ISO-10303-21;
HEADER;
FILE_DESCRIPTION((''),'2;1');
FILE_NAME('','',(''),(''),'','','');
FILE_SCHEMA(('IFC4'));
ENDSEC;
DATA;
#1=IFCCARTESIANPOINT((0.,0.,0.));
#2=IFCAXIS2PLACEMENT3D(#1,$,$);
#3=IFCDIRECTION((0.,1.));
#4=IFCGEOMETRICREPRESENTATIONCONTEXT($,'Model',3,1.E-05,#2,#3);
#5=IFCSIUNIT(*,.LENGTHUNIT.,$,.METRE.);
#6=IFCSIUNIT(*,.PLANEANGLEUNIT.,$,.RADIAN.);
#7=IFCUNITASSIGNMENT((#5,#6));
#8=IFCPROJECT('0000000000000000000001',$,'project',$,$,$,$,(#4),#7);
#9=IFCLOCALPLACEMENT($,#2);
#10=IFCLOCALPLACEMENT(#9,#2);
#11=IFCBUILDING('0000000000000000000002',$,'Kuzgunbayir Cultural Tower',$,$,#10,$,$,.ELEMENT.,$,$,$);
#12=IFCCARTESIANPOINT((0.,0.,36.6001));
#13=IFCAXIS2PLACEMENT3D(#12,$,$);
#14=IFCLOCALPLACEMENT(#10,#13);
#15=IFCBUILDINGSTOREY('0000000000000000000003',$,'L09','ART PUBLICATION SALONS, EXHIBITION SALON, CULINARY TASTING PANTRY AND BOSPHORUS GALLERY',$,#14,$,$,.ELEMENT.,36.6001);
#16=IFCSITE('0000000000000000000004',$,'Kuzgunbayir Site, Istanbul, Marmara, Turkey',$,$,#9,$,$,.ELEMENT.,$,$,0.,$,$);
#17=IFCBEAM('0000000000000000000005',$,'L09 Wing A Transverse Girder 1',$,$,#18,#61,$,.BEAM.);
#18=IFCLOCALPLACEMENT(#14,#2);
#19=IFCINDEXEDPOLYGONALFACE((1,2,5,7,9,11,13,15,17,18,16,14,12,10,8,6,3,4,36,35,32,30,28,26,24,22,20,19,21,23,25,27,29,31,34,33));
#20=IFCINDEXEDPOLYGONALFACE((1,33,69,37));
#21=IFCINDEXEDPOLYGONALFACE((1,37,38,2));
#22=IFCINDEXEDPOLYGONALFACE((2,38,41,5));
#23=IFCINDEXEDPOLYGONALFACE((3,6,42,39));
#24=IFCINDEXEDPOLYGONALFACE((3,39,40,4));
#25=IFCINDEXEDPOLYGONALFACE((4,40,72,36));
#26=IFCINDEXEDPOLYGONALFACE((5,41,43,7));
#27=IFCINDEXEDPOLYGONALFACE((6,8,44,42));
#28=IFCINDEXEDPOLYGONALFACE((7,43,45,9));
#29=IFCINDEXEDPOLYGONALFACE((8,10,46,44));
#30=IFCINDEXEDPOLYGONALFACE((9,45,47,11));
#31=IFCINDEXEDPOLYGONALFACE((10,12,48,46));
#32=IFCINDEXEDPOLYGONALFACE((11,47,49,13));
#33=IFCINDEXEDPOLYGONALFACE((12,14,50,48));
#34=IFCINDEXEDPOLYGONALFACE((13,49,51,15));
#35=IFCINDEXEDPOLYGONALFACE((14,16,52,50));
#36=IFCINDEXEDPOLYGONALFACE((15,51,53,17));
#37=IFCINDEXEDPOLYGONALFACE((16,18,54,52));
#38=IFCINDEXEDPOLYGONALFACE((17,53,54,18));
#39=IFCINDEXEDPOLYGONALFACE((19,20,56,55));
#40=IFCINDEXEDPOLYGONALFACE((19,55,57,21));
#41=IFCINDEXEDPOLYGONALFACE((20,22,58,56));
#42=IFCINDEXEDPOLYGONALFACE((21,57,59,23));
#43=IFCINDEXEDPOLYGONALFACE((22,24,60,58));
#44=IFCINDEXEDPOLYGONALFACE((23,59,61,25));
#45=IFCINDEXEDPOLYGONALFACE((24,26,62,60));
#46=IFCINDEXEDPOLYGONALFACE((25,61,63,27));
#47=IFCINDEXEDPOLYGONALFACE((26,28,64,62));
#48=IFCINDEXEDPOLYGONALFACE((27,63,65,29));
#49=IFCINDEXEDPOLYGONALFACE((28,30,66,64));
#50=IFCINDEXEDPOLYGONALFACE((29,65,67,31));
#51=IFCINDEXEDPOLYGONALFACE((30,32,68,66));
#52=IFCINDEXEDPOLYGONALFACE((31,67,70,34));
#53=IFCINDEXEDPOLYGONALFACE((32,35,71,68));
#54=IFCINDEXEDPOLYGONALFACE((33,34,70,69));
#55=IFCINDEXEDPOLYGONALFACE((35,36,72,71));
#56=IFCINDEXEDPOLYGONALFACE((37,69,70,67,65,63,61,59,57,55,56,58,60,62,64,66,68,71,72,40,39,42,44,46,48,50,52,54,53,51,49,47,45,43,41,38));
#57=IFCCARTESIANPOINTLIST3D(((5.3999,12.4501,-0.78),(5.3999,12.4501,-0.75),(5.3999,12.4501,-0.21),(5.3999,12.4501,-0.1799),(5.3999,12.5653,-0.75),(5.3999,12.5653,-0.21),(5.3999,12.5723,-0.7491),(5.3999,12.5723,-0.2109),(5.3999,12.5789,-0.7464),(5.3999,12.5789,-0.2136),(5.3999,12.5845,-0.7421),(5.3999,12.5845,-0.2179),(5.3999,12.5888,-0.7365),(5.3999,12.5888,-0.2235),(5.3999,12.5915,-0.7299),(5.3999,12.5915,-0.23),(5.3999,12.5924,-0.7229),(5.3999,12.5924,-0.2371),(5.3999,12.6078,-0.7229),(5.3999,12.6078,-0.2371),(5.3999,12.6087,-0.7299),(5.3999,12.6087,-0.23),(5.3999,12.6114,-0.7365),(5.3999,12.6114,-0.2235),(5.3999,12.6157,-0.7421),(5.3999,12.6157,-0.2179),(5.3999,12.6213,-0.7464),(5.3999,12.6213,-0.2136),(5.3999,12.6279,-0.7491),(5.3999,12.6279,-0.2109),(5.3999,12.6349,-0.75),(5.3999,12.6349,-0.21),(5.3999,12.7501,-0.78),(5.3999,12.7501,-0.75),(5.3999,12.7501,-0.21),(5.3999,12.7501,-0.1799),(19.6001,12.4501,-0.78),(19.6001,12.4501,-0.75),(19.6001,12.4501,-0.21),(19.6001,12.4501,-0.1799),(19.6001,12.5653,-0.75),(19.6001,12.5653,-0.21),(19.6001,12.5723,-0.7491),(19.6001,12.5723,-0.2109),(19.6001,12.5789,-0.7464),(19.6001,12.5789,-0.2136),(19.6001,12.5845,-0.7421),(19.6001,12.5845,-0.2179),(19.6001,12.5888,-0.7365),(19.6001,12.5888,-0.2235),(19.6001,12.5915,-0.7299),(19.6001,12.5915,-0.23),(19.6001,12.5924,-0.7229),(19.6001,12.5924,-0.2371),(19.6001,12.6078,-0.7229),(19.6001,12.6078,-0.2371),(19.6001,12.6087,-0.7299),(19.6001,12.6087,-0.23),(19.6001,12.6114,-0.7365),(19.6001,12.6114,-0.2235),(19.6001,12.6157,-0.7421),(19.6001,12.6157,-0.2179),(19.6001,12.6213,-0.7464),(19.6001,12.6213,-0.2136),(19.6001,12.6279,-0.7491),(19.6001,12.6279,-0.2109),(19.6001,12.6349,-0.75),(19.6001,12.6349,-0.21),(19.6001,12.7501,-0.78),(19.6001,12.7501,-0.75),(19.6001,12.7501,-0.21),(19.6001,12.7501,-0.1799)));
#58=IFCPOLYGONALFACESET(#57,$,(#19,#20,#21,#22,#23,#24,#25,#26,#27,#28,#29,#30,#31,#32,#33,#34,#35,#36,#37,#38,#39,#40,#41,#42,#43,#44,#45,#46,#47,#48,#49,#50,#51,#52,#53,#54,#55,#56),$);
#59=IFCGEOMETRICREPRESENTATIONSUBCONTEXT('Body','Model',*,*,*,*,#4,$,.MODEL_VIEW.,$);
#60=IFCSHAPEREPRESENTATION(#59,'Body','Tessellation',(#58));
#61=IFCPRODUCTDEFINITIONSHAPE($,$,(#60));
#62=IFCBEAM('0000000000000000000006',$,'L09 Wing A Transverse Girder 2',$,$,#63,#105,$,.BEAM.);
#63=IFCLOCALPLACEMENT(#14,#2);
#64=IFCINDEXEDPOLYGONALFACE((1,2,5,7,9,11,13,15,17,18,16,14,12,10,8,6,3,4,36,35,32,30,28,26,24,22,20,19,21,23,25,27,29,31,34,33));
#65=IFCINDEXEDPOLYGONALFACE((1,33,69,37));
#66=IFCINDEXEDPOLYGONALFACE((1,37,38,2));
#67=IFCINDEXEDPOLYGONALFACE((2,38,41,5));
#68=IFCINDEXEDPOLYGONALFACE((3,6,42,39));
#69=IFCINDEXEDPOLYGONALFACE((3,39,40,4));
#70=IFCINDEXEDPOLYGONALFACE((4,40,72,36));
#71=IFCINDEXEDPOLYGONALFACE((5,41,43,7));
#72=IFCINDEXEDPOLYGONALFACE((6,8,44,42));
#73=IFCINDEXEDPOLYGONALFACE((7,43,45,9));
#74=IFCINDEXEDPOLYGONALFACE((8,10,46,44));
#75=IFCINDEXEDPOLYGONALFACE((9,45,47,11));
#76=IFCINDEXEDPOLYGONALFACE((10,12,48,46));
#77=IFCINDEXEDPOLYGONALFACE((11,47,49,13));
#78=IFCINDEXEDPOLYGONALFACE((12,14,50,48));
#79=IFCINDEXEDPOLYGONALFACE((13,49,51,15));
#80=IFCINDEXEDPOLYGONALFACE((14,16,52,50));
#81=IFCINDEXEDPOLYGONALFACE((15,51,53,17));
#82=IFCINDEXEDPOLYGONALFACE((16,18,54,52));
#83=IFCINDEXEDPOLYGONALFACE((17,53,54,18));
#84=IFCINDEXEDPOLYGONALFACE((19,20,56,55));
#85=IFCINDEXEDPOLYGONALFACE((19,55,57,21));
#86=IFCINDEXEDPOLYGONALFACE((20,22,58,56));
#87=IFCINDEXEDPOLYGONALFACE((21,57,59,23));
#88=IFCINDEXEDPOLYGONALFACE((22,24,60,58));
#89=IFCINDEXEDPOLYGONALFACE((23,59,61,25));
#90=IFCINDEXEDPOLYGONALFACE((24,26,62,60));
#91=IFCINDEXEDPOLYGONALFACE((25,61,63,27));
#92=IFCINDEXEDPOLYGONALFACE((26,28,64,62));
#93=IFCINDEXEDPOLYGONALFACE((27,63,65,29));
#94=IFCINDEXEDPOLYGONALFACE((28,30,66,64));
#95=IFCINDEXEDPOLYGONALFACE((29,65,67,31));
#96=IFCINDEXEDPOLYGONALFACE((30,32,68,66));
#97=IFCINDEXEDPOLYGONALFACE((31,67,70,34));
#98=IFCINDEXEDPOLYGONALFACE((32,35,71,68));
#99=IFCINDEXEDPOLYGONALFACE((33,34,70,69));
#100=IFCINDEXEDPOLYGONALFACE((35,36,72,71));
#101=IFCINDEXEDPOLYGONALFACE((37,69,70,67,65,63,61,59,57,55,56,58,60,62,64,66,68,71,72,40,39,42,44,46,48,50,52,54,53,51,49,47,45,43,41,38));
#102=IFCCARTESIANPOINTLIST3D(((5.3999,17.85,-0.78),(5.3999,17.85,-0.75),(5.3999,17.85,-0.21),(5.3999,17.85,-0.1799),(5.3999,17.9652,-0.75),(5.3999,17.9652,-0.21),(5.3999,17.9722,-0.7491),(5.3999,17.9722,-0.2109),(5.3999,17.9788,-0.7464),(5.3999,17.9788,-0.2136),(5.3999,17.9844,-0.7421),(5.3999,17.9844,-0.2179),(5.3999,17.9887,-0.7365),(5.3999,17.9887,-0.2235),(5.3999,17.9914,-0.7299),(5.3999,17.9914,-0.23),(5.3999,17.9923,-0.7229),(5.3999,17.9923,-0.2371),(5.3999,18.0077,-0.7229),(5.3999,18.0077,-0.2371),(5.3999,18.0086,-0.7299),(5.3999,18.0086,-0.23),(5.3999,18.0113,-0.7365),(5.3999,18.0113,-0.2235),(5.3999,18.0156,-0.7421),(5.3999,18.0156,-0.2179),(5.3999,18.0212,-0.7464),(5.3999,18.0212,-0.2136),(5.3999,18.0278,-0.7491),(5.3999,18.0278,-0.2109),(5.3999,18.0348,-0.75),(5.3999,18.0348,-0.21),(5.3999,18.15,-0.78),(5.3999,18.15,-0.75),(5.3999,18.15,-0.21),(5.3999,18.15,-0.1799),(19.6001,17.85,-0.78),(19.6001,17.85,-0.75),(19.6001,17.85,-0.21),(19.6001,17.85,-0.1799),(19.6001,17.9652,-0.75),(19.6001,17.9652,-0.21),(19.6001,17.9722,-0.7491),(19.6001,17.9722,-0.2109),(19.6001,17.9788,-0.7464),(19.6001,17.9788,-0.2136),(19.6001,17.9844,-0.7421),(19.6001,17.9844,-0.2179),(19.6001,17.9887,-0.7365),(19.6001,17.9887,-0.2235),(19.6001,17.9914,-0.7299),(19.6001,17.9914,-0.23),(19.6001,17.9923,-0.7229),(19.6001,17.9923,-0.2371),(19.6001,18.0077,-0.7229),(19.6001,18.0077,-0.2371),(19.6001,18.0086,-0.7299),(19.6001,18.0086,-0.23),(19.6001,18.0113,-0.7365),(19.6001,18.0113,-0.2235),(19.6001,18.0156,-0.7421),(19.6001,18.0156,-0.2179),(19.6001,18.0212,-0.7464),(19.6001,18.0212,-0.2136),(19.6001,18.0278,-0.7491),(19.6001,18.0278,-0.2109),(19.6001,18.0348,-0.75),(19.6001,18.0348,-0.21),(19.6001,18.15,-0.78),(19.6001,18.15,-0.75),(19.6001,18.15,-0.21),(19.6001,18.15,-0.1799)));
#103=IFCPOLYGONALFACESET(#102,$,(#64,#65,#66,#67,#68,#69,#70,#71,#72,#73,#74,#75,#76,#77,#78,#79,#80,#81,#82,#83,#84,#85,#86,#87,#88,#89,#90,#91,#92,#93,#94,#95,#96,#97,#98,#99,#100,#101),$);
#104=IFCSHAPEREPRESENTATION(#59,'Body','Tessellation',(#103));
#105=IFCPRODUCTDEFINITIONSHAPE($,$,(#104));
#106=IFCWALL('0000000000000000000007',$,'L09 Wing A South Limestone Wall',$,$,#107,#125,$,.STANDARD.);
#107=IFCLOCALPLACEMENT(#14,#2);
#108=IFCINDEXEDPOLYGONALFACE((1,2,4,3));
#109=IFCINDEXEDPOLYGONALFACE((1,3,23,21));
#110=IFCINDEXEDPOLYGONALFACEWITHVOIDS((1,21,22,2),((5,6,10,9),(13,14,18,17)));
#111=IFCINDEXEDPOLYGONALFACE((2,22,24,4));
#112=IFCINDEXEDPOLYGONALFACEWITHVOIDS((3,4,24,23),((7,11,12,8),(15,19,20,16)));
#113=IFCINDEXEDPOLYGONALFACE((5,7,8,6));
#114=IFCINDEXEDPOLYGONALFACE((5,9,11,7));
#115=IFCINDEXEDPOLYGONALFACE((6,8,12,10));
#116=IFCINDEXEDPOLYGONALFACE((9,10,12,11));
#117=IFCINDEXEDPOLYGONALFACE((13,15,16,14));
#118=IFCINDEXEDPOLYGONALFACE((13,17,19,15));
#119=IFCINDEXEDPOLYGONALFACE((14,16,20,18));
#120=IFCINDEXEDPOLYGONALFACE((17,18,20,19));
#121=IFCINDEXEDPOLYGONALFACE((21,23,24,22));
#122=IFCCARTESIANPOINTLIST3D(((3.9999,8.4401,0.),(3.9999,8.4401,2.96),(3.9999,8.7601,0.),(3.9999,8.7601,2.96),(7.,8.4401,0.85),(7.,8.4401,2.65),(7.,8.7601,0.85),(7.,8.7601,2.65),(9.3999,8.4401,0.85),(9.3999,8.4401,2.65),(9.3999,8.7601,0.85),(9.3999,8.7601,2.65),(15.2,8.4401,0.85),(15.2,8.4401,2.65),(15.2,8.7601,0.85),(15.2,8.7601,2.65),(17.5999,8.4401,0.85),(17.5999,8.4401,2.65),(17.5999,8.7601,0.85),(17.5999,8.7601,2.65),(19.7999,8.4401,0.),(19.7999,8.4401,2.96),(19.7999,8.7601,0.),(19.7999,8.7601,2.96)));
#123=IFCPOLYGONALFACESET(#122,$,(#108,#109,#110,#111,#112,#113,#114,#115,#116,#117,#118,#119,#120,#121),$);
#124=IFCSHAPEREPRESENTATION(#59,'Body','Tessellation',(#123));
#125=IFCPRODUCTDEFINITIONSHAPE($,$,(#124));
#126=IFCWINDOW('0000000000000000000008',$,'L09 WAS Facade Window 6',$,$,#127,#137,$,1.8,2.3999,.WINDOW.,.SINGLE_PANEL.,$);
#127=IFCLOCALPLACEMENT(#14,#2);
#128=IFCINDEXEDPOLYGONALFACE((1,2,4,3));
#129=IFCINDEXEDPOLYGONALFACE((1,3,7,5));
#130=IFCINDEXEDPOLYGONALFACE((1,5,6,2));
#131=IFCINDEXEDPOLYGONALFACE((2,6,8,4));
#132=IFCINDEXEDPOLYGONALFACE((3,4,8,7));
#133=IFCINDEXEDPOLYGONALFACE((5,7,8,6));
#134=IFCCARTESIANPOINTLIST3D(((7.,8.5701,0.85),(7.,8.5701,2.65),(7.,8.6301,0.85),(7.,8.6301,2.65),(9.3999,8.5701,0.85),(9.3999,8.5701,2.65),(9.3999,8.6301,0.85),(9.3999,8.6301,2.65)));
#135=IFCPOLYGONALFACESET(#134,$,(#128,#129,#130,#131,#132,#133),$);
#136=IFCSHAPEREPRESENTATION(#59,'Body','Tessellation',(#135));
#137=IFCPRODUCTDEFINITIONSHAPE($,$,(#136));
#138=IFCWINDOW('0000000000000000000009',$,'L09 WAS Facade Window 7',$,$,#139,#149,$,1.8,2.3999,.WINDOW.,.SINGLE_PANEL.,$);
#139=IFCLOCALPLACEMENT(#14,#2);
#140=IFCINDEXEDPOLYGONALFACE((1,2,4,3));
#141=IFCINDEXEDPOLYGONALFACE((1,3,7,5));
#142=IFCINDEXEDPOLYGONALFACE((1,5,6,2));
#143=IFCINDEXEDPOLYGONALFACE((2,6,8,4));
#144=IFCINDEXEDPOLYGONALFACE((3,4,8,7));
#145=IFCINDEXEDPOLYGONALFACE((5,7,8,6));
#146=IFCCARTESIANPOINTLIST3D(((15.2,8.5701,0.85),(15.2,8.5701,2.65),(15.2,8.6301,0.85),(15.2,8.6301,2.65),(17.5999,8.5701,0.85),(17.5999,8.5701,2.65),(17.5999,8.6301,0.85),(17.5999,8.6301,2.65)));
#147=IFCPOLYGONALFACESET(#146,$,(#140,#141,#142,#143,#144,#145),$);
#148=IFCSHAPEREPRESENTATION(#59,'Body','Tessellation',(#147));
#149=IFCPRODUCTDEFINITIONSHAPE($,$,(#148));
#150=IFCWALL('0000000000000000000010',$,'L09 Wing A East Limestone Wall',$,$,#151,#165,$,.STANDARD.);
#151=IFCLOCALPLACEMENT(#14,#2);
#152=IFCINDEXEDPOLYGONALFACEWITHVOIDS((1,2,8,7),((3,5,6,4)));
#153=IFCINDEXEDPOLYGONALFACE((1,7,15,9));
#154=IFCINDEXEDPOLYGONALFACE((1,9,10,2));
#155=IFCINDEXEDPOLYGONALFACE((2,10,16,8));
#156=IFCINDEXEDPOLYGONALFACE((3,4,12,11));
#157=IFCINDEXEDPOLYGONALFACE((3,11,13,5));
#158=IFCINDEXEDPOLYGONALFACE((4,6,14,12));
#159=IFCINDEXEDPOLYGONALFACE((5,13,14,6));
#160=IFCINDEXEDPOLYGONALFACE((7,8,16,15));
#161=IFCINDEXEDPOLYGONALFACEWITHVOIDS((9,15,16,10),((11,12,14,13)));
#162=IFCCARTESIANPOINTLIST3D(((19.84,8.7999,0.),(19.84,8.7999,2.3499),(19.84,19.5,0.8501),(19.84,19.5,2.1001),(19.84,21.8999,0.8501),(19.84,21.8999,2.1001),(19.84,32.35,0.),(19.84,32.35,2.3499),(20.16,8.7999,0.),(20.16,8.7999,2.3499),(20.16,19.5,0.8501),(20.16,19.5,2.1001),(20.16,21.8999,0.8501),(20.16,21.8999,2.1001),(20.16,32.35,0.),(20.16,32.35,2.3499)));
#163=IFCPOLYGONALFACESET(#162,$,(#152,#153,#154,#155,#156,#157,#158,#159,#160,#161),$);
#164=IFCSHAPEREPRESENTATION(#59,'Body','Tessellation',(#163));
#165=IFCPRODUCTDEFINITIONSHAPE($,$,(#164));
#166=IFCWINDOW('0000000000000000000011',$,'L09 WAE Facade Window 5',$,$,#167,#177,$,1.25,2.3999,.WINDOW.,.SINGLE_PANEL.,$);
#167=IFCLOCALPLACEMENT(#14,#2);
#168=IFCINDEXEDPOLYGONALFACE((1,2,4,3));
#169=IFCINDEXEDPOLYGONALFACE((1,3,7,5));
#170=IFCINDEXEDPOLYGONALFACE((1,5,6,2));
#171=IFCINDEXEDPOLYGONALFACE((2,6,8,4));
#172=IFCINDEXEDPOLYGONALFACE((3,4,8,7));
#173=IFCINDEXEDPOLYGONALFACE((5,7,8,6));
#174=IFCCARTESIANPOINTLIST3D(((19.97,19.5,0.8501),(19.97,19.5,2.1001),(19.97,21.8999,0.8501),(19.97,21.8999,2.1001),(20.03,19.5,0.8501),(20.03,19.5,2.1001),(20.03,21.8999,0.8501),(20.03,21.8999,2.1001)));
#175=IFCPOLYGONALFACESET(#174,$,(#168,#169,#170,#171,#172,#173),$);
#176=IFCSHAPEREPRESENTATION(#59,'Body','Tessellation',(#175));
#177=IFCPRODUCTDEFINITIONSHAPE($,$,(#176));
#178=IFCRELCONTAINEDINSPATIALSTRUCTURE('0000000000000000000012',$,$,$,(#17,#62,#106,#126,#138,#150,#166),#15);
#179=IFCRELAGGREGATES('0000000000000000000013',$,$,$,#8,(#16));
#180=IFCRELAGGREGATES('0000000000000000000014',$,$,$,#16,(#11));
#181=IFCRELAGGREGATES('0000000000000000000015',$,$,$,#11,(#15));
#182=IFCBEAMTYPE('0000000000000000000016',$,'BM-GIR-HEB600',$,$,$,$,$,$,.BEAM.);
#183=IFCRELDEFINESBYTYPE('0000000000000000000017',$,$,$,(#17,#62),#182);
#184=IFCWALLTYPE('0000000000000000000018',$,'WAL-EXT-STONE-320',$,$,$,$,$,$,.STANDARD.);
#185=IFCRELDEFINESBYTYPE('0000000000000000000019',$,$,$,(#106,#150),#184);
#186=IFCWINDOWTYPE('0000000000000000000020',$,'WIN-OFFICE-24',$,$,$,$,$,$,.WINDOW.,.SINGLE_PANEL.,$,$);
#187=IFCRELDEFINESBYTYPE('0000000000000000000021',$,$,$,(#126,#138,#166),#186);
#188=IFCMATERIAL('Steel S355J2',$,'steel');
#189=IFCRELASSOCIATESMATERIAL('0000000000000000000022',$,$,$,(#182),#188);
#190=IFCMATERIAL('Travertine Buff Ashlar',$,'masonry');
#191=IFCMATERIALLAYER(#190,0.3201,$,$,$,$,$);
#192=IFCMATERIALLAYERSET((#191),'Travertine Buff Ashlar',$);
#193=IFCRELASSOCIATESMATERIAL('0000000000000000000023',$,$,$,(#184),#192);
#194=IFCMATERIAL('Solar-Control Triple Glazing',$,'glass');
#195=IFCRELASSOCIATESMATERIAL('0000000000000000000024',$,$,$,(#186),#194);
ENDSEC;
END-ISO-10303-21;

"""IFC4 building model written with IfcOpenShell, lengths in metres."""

from ifc_helpers import new_model, si_unit, direction, frame, frame_2d, origin, origin_2d, place, context, subcontext, project, spatial, rectangle, i_section, extrude, material, layer, layer_set, material_profile, profile_set, type_object, element, fill, save


model = new_model("IFC4")

# Units and contexts
model_context = context("Model", 3, precision=1e-05, world=origin(), true_north=direction((0.0, 1.0)))
body_context = subcontext(model_context, "Body", "Model", "MODEL_VIEW")
ifc_project = project(units=[si_unit("LENGTHUNIT", "METRE"), si_unit("PLANEANGLEUNIT", "RADIAN")], contexts=[model_context])

# Site, building, storey
site_placement = place(None, origin())
site = spatial("IfcSite", under=ifc_project, at=site_placement, Name="Kuzgunbayir Site, Istanbul, Marmara, Turkey", CompositionType="ELEMENT", RefElevation=0.0)
building_placement = place(site_placement, origin())
building = spatial("IfcBuilding", under=site, at=building_placement, Name="Kuzgunbayir Cultural Tower", CompositionType="ELEMENT")
storey_placement = place(building_placement, frame((0.0, 0.0, 36.6001)))
storey = spatial("IfcBuildingStorey", under=building, at=storey_placement, Name="L09", Description="ART PUBLICATION SALONS, EXHIBITION SALON, CULINARY TASTING PANTRY AND BOSPHORUS GALLERY", CompositionType="ELEMENT", Elevation=36.6001)

# Beams
ifc_material_1 = material(Name="Steel S355J2", Category="steel")
ifc_material_profile_1 = material_profile(ifc_material_1, i_section(OverallWidth=0.3, OverallDepth=0.6001, WebThickness=0.0154, FlangeThickness=0.03, FilletRadius=0.0271, at=origin_2d()), Name="HEB 600")
ifc_profile_set_1 = profile_set([ifc_material_profile_1], Name="Steel S355J2")
beam_type_1 = type_object("IfcBeamType", Name="BM-GIR-HEB600", PredefinedType="BEAM", material=ifc_profile_set_1)
for number, where, z_axis, x_axis, name in (
    (1, (5.3999, 12.6001, -0.48), (1.0, 0.0, 0.0), (0.0, 1.0, 0.0), "L09 Wing A Transverse Girder 1"),
    (2, (5.3999, 18.0, -0.48), (1.0, 0.0, 0.0), (0.0, 1.0, 0.0), "L09 Wing A Transverse Girder 2"),
):
    element("IfcBeam", number, at=place(storey_placement, frame(where, z_axis=z_axis, x_axis=x_axis)), inside=storey, type_object=beam_type_1, Name=name, PredefinedType="BEAM", context=body_context, shape_type="SweptSolid", body=[
        extrude(i_section(OverallWidth=0.3, OverallDepth=0.6001, WebThickness=0.0154, FlangeThickness=0.03, FilletRadius=0.0271, at=origin_2d()), origin(), (0.0, 0.0, 1.0), 14.2002),
    ])

# Wall, openings, windows
ifc_material_2 = material(Name="Travertine Buff Ashlar", Category="masonry")
ifc_layer_1 = layer(ifc_material_2, 0.3201)
ifc_layer_set_1 = layer_set([ifc_layer_1], Name="Travertine Buff Ashlar")
wall_type_1 = type_object("IfcWallType", Name="WAL-EXT-STONE-320", PredefinedType="STANDARD", material=ifc_layer_set_1)
wall_1_placement = place(storey_placement, frame((4.0, 8.6001, 0.0), z_axis=(0.0, 0.0, 1.0), x_axis=(1.0, 0.0, 0.0)))
wall_1 = element("IfcWall", 3, at=wall_1_placement, inside=storey, type_object=wall_type_1, Name="L09 Wing A South Limestone Wall", PredefinedType="STANDARD", context=body_context, shape_type="SweptSolid", body=[
    extrude(rectangle(XDim=15.8, YDim=0.3201, at=frame_2d((7.8999, 0.0))), origin(), (0.0, 0.0, 1.0), 2.96),
])
opening_1_placement = place(wall_1_placement, frame((3.0, 0.0, 0.8501)))
opening_1 = element("IfcOpeningElement", 4, at=opening_1_placement, cuts=wall_1, PredefinedType="OPENING", context=body_context, shape_type="SweptSolid", body=[
    extrude(rectangle(XDim=2.3999, YDim=1.8, at=frame_2d((1.2, 0.8999))), frame((0.0, 0.1699, 0.0), z_axis=(0.0, -1.0, 0.0), x_axis=(1.0, 0.0, 0.0)), (0.0, 0.0, 1.0), 0.3401),
])
opening_2_placement = place(wall_1_placement, frame((11.2, 0.0, 0.8501)))
opening_2 = element("IfcOpeningElement", 5, at=opening_2_placement, cuts=wall_1, PredefinedType="OPENING", context=body_context, shape_type="SweptSolid", body=[
    extrude(rectangle(XDim=2.3999, YDim=1.8, at=frame_2d((1.2, 0.8999))), frame((0.0, 0.1699, 0.0), z_axis=(0.0, -1.0, 0.0), x_axis=(1.0, 0.0, 0.0)), (0.0, 0.0, 1.0), 0.3401),
])
ifc_material_3 = material(Name="Solar-Control Triple Glazing", Category="glass")
window_type = type_object("IfcWindowType", Name="WIN-OFFICE-24", PartitioningType="SINGLE_PANEL", PredefinedType="WINDOW", material=ifc_material_3)
window_1_placement = place(opening_1_placement, origin())
window_1 = element("IfcWindow", 6, at=window_1_placement, inside=storey, type_object=window_type, Name="L09 WAS Facade Window 6", OverallHeight=1.8, OverallWidth=2.3999, PartitioningType="SINGLE_PANEL", PredefinedType="WINDOW", context=body_context, shape_type="SweptSolid", body=[
    extrude(rectangle(XDim=2.3999, YDim=1.8, at=frame_2d((1.2, 0.8999))), frame((0.0, 0.03, 0.0), z_axis=(0.0, -1.0, 0.0), x_axis=(1.0, 0.0, 0.0)), (0.0, 0.0, 1.0), 0.0601),
])
fill(opening_1, window_1)
window_2_placement = place(opening_2_placement, origin())
window_2 = element("IfcWindow", 7, at=window_2_placement, inside=storey, type_object=window_type, Name="L09 WAS Facade Window 7", OverallHeight=1.8, OverallWidth=2.3999, PartitioningType="SINGLE_PANEL", PredefinedType="WINDOW", context=body_context, shape_type="SweptSolid", body=[
    extrude(rectangle(XDim=2.3999, YDim=1.8, at=frame_2d((1.2, 0.8999))), frame((0.0, 0.03, 0.0), z_axis=(0.0, -1.0, 0.0), x_axis=(1.0, 0.0, 0.0)), (0.0, 0.0, 1.0), 0.0601),
])
fill(opening_2, window_2)

# Wall, opening, window
wall_2_placement = place(storey_placement, frame((20.0, 8.8, 0.0), z_axis=(0.0, 0.0, 1.0), x_axis=(0.0, 1.0, 0.0)))
wall_2 = element("IfcWall", 8, at=wall_2_placement, inside=storey, type_object=wall_type_1, Name="L09 Wing A East Limestone Wall", PredefinedType="STANDARD", context=body_context, shape_type="SweptSolid", body=[
    extrude(rectangle(XDim=23.55, YDim=0.3201, at=frame_2d((11.7749, 0.0))), origin(), (0.0, 0.0, 1.0), 2.3499),
])
opening_3_placement = place(wall_2_placement, frame((10.7, 0.0, 0.8501)))
opening_3 = element("IfcOpeningElement", 9, at=opening_3_placement, cuts=wall_2, PredefinedType="OPENING", context=body_context, shape_type="SweptSolid", body=[
    extrude(rectangle(XDim=2.3999, YDim=1.25, at=frame_2d((1.2, 0.625))), frame((0.0, 0.1699, 0.0), z_axis=(0.0, -1.0, 0.0), x_axis=(1.0, 0.0, 0.0)), (0.0, 0.0, 1.0), 0.3401),
])
window_3_placement = place(opening_3_placement, origin())
window_3 = element("IfcWindow", 10, at=window_3_placement, inside=storey, type_object=window_type, Name="L09 WAE Facade Window 5", OverallHeight=1.25, OverallWidth=2.3999, PartitioningType="SINGLE_PANEL", PredefinedType="WINDOW", context=body_context, shape_type="SweptSolid", body=[
    extrude(rectangle(XDim=2.3999, YDim=1.25, at=frame_2d((1.2, 0.625))), frame((0.0, 0.03, 0.0), z_axis=(0.0, -1.0, 0.0), x_axis=(1.0, 0.0, 0.0)), (0.0, 0.0, 1.0), 0.0601),
])
fill(opening_3, window_3)

save(model, "model.ifc")
